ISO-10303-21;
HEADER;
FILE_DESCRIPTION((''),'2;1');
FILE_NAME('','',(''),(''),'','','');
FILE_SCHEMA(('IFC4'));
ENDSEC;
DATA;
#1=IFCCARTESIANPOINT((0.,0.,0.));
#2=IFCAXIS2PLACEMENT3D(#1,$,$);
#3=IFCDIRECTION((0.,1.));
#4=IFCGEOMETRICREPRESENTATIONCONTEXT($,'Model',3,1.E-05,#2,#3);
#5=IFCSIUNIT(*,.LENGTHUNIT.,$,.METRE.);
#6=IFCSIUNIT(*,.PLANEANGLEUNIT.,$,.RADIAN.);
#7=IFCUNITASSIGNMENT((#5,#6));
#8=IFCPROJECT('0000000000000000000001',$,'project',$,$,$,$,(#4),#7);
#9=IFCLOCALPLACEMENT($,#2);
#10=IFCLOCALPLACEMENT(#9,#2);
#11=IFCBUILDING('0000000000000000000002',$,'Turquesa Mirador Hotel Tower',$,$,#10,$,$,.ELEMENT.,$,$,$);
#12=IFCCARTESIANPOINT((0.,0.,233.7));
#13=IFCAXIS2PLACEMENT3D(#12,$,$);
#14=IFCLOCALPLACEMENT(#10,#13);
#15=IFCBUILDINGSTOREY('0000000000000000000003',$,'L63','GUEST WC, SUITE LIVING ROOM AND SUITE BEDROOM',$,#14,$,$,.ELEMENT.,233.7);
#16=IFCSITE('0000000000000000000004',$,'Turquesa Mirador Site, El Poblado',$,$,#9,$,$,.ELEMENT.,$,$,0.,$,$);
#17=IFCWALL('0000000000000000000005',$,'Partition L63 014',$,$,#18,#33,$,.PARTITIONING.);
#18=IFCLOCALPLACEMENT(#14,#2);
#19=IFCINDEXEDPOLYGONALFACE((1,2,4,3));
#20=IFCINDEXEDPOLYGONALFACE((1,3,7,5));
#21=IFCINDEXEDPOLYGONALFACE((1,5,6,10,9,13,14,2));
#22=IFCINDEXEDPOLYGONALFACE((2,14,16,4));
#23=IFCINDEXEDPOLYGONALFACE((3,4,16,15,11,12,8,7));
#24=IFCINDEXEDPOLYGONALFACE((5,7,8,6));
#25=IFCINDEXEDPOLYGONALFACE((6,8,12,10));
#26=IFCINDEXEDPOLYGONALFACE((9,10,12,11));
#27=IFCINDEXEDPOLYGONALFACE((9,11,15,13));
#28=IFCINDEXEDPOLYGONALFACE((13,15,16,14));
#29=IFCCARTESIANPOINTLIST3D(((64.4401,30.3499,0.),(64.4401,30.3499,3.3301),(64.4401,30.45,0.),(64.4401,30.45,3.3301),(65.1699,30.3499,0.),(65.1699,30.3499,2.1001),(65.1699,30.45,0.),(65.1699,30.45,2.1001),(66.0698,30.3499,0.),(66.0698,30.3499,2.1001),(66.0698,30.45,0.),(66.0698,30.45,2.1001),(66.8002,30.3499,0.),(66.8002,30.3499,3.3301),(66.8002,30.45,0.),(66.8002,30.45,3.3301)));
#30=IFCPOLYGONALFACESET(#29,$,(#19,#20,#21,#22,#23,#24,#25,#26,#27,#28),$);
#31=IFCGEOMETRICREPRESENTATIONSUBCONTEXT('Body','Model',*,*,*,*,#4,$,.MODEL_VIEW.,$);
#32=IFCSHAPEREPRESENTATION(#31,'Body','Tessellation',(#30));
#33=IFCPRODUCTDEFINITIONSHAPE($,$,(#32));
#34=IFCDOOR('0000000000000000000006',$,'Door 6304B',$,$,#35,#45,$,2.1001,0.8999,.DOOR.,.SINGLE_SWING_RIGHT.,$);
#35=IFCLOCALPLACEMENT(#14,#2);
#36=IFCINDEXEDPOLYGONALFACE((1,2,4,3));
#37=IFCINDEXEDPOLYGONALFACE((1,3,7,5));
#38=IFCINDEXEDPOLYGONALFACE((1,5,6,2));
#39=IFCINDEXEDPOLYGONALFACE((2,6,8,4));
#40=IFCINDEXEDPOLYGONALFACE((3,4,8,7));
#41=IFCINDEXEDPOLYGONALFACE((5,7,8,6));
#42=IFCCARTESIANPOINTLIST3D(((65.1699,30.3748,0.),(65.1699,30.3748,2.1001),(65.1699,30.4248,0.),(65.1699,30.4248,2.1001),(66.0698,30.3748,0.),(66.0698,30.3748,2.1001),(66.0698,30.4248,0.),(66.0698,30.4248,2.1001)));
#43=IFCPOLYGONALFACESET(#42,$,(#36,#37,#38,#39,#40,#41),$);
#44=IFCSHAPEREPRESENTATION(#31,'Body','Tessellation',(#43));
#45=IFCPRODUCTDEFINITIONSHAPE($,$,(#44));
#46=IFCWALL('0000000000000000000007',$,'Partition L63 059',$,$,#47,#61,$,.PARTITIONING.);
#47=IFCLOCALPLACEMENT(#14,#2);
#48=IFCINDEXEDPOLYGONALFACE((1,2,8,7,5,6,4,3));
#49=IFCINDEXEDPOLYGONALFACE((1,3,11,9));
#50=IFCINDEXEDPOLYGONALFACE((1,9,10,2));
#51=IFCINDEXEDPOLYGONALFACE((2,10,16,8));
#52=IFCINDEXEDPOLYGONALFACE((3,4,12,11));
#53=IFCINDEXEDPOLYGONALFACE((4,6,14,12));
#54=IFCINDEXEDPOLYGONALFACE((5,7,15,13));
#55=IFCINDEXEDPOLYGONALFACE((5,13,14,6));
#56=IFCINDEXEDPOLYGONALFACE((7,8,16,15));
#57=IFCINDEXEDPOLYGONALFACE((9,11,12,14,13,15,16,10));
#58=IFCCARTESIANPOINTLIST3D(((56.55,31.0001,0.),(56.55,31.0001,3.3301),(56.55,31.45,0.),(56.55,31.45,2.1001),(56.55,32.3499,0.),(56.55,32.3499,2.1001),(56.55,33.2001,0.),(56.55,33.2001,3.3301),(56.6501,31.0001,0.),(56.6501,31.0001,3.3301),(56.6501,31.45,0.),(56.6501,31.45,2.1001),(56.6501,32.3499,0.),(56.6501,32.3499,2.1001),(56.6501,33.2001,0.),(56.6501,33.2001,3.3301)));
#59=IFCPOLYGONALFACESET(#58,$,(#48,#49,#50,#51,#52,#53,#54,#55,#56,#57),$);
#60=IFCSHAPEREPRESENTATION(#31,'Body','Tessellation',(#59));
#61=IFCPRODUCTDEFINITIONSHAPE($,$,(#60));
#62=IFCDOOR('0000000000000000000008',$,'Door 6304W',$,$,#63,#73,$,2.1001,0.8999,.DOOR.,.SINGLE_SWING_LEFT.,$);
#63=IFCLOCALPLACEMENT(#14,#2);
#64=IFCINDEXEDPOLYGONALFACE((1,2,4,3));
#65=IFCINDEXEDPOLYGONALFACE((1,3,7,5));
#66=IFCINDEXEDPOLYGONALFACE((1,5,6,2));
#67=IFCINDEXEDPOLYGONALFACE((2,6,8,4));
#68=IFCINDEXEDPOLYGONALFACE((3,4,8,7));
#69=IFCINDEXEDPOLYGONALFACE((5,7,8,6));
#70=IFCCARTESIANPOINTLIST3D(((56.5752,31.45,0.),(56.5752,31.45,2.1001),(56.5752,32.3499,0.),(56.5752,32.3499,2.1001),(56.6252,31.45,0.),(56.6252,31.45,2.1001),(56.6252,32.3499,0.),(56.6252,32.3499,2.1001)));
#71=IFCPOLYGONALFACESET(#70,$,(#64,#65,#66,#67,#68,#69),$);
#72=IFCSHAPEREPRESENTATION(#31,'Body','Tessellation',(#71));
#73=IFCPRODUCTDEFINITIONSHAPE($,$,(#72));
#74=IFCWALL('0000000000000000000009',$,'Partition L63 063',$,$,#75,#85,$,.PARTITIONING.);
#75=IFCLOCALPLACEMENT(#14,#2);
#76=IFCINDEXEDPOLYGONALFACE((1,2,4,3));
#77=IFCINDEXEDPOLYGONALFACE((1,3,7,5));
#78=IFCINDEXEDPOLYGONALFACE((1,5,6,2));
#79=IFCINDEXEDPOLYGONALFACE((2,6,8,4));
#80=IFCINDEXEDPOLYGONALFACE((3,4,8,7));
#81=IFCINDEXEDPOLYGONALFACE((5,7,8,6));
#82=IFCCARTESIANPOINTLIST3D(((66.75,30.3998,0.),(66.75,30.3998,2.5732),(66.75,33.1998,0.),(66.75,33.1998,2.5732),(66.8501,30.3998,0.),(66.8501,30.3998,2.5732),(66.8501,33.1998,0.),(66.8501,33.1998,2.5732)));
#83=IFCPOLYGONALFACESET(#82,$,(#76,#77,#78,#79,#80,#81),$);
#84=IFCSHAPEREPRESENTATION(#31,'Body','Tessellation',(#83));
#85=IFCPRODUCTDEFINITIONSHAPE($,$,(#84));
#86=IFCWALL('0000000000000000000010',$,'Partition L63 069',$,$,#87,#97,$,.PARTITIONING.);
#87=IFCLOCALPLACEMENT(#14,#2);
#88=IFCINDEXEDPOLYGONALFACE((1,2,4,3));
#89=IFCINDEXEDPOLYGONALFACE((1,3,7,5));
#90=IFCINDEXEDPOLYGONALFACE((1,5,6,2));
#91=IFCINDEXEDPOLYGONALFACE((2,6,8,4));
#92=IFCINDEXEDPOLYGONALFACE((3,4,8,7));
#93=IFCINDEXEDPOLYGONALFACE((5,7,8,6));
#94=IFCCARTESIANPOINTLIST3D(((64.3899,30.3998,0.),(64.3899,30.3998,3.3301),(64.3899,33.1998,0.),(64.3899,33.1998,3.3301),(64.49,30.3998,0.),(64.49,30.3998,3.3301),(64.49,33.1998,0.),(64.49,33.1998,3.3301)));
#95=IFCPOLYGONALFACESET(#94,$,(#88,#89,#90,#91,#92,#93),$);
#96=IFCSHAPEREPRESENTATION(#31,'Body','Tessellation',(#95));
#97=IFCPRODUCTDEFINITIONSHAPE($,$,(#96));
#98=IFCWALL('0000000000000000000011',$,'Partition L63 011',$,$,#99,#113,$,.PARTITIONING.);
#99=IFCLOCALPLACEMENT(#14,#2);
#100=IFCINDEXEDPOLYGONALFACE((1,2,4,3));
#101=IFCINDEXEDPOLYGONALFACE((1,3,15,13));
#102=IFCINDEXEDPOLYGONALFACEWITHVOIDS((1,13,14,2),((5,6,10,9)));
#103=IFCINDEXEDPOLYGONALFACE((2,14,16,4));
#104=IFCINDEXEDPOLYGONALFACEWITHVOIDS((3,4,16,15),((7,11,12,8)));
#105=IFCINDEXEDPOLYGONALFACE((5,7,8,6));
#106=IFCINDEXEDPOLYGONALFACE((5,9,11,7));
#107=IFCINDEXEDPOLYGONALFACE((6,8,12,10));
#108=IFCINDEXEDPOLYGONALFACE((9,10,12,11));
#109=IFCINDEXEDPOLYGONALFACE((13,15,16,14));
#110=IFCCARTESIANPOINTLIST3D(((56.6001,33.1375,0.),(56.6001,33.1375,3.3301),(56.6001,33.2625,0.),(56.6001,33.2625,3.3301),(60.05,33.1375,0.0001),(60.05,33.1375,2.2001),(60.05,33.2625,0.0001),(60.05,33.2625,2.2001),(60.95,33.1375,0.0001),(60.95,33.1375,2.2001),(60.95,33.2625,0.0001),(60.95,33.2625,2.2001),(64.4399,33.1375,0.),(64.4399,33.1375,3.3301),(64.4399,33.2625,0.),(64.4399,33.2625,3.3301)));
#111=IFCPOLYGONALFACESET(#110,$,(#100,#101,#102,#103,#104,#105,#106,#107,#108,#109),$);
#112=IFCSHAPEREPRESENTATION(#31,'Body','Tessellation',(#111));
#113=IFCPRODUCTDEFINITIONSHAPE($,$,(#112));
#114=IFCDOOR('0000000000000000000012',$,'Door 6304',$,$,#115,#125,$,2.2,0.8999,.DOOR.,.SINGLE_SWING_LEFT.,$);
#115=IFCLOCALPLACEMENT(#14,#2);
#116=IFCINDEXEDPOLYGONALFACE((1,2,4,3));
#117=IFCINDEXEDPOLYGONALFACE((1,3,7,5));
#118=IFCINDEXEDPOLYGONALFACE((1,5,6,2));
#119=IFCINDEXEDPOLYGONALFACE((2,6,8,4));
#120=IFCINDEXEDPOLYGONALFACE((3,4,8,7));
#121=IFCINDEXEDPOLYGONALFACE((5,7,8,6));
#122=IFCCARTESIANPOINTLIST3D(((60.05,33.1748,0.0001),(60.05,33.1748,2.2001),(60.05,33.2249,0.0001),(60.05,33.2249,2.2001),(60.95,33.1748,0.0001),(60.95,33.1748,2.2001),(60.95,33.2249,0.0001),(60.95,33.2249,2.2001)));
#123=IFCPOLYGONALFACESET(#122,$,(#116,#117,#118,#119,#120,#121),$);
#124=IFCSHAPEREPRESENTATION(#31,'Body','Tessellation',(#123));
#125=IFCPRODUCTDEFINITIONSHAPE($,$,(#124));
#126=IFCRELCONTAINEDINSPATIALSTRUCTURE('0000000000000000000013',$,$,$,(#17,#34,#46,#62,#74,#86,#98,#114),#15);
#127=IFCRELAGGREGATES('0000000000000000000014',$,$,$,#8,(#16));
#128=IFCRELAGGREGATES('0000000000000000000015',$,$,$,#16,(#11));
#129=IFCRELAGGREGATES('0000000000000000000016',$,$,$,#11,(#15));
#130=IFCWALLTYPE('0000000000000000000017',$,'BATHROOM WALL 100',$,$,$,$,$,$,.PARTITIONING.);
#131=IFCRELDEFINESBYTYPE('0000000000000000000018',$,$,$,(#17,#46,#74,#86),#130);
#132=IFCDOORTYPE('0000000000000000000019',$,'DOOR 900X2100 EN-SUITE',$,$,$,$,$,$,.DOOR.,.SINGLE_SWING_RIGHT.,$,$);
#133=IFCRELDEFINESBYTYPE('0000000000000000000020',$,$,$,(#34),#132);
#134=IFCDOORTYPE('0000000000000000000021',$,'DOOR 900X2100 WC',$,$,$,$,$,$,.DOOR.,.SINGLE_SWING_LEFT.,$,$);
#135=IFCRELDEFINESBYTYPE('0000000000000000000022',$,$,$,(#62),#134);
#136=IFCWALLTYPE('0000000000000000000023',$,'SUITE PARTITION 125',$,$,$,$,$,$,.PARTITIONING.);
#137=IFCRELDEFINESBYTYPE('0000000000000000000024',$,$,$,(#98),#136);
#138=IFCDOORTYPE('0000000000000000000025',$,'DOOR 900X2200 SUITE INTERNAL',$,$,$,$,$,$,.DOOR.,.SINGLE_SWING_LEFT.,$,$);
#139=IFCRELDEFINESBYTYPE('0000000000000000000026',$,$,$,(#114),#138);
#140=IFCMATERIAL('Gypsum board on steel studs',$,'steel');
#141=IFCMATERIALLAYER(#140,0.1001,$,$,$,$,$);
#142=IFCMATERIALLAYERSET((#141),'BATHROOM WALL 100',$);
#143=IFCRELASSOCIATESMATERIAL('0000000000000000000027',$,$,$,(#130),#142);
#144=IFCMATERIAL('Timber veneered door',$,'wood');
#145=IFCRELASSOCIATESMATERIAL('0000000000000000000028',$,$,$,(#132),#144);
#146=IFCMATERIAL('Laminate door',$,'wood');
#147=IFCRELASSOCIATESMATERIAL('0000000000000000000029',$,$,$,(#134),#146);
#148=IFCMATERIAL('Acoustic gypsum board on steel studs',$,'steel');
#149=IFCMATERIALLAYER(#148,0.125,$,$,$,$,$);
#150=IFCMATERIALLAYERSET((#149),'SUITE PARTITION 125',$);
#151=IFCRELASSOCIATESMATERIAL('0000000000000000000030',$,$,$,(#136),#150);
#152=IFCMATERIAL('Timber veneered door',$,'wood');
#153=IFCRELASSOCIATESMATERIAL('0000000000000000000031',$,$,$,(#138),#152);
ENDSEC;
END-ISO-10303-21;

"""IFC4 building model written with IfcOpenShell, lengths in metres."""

from ifc_helpers import new_model, si_unit, direction, frame, frame_2d, origin, place, context, subcontext, project, spatial, rectangle, extrude, material, layer, layer_set, type_object, element, fill, save


model = new_model("IFC4")

# Units and contexts
model_context = context("Model", 3, precision=1e-05, world=origin(), true_north=direction((0.0, 1.0)))
body_context = subcontext(model_context, "Body", "Model", "MODEL_VIEW")
ifc_project = project(units=[si_unit("LENGTHUNIT", "METRE"), si_unit("PLANEANGLEUNIT", "RADIAN")], contexts=[model_context])

# Site, building, storey
site_placement = place(None, origin())
site = spatial("IfcSite", under=ifc_project, at=site_placement, Name="Turquesa Mirador Site, El Poblado", CompositionType="ELEMENT", RefElevation=0.0)
building_placement = place(site_placement, origin())
building = spatial("IfcBuilding", under=site, at=building_placement, Name="Turquesa Mirador Hotel Tower", CompositionType="ELEMENT")
storey_placement = place(building_placement, frame((0.0, 0.0, 233.7)))
storey = spatial("IfcBuildingStorey", under=building, at=storey_placement, Name="L63", Description="GUEST WC, SUITE LIVING ROOM AND SUITE BEDROOM", CompositionType="ELEMENT", Elevation=233.7)

# Shared definitions
ifc_material_1 = material(Name="Gypsum board on steel studs", Category="steel")
ifc_layer_1 = layer(ifc_material_1, 0.1001)
ifc_layer_set_1 = layer_set([ifc_layer_1], Name="BATHROOM WALL 100")
wall_type_1 = type_object("IfcWallType", Name="BATHROOM WALL 100", PredefinedType="PARTITIONING", material=ifc_layer_set_1)

# Walls, openings, doors
wall_1_placement = place(storey_placement, frame((64.4399, 30.3999, 0.0), z_axis=(0.0, 0.0, 1.0), x_axis=(1.0, 0.0, 0.0)))
wall_1 = element("IfcWall", 1, at=wall_1_placement, inside=storey, type_object=wall_type_1, Name="Partition L63 014", PredefinedType="PARTITIONING", context=body_context, shape_type="SweptSolid", body=[
    extrude(rectangle(XDim=2.3601, YDim=0.1001, at=frame_2d((1.1802, 0.0))), origin(), (0.0, 0.0, 1.0), 3.3301),
])
opening_1_placement = place(wall_1_placement, frame((0.73, 0.0, 0.0)))
opening_1 = element("IfcOpeningElement", 2, at=opening_1_placement, cuts=wall_1, PredefinedType="OPENING", context=body_context, shape_type="SweptSolid", body=[
    extrude(rectangle(XDim=0.8999, YDim=2.1001, at=frame_2d((0.45, 1.05))), frame((0.0, 0.0601, 0.0), z_axis=(0.0, -1.0, 0.0), x_axis=(1.0, 0.0, 0.0)), (0.0, 0.0, 1.0), 0.1201),
])
ifc_material_2 = material(Name="Timber veneered door", Category="wood")
door_type_1 = type_object("IfcDoorType", Name="DOOR 900X2100 EN-SUITE", OperationType="SINGLE_SWING_RIGHT", PredefinedType="DOOR", material=ifc_material_2)
door_1_placement = place(opening_1_placement, origin())
door_1 = element("IfcDoor", 3, at=door_1_placement, inside=storey, type_object=door_type_1, Name="Door 6304B", OperationType="SINGLE_SWING_RIGHT", OverallHeight=2.1001, OverallWidth=0.8999, PredefinedType="DOOR", context=body_context, shape_type="SweptSolid", body=[
    extrude(rectangle(XDim=0.8999, YDim=2.1001, at=frame_2d((0.45, 1.05))), frame((0.0, 0.0249, 0.0), z_axis=(0.0, -1.0, 0.0), x_axis=(1.0, 0.0, 0.0)), (0.0, 0.0, 1.0), 0.05),
])
fill(opening_1, door_1)
wall_2_placement = place(storey_placement, frame((56.6001, 31.0, 0.0), z_axis=(0.0, 0.0, 1.0), x_axis=(0.0, 1.0, 0.0)))
wall_2 = element("IfcWall", 4, at=wall_2_placement, inside=storey, type_object=wall_type_1, Name="Partition L63 059", PredefinedType="PARTITIONING", context=body_context, shape_type="SweptSolid", body=[
    extrude(rectangle(XDim=2.2, YDim=0.1001, at=frame_2d((1.1001, 0.0))), origin(), (0.0, 0.0, 1.0), 3.3301),
])
opening_2_placement = place(wall_2_placement, frame((0.45, 0.0, 0.0)))
opening_2 = element("IfcOpeningElement", 5, at=opening_2_placement, cuts=wall_2, PredefinedType="OPENING", context=body_context, shape_type="SweptSolid", body=[
    extrude(rectangle(XDim=0.8999, YDim=2.1001, at=frame_2d((0.45, 1.05))), frame((0.0, 0.0601, 0.0), z_axis=(0.0, -1.0, 0.0), x_axis=(1.0, 0.0, 0.0)), (0.0, 0.0, 1.0), 0.1201),
])
ifc_material_3 = material(Name="Laminate door", Category="wood")
door_type_2 = type_object("IfcDoorType", Name="DOOR 900X2100 WC", OperationType="SINGLE_SWING_LEFT", PredefinedType="DOOR", material=ifc_material_3)
door_2_placement = place(opening_2_placement, origin())
door_2 = element("IfcDoor", 6, at=door_2_placement, inside=storey, type_object=door_type_2, Name="Door 6304W", OperationType="SINGLE_SWING_LEFT", OverallHeight=2.1001, OverallWidth=0.8999, PredefinedType="DOOR", context=body_context, shape_type="SweptSolid", body=[
    extrude(rectangle(XDim=0.8999, YDim=2.1001, at=frame_2d((0.45, 1.05))), frame((0.0, 0.0249, 0.0), z_axis=(0.0, -1.0, 0.0), x_axis=(1.0, 0.0, 0.0)), (0.0, 0.0, 1.0), 0.05),
])
fill(opening_2, door_2)

# Walls
wall_3_placement = place(storey_placement, frame((66.8, 30.3999, 0.0), z_axis=(0.0, 0.0, 1.0), x_axis=(0.0, 1.0, 0.0)))
element("IfcWall", 7, at=wall_3_placement, inside=storey, type_object=wall_type_1, Name="Partition L63 063", PredefinedType="PARTITIONING", context=body_context, shape_type="SweptSolid", body=[
    extrude(rectangle(XDim=2.8, YDim=0.1001, at=frame_2d((1.3999, 0.0))), origin(), (0.0, 0.0, 1.0), 2.5732),
])
wall_4_placement = place(storey_placement, frame((64.4399, 30.3999, 0.0), z_axis=(0.0, 0.0, 1.0), x_axis=(0.0, 1.0, 0.0)))
element("IfcWall", 8, at=wall_4_placement, inside=storey, type_object=wall_type_1, Name="Partition L63 069", PredefinedType="PARTITIONING", context=body_context, shape_type="SweptSolid", body=[
    extrude(rectangle(XDim=2.8, YDim=0.1001, at=frame_2d((1.3999, 0.0))), origin(), (0.0, 0.0, 1.0), 3.3301),
])

# Wall, opening, door
ifc_material_4 = material(Name="Acoustic gypsum board on steel studs", Category="steel")
ifc_layer_2 = layer(ifc_material_4, 0.125)
ifc_layer_set_2 = layer_set([ifc_layer_2], Name="SUITE PARTITION 125")
wall_type_2 = type_object("IfcWallType", Name="SUITE PARTITION 125", PredefinedType="PARTITIONING", material=ifc_layer_set_2)
wall_5_placement = place(storey_placement, frame((56.6001, 33.2, 0.0), z_axis=(0.0, 0.0, 1.0), x_axis=(1.0, 0.0, 0.0)))
wall_5 = element("IfcWall", 9, at=wall_5_placement, inside=storey, type_object=wall_type_2, Name="Partition L63 011", PredefinedType="PARTITIONING", context=body_context, shape_type="SweptSolid", body=[
    extrude(rectangle(XDim=7.8398, YDim=0.125, at=frame_2d((3.9199, 0.0))), origin(), (0.0, 0.0, 1.0), 3.3301),
])
opening_3_placement = place(wall_5_placement, frame((3.45, 0.0, 0.0)))
opening_3 = element("IfcOpeningElement", 10, at=opening_3_placement, cuts=wall_5, PredefinedType="OPENING", context=body_context, shape_type="SweptSolid", body=[
    extrude(rectangle(XDim=0.8999, YDim=2.2, at=frame_2d((0.45, 1.1001))), frame((0.0, 0.0725, 0.0), z_axis=(0.0, -1.0, 0.0), x_axis=(1.0, 0.0, 0.0)), (0.0, 0.0, 1.0), 0.145),
])
ifc_material_5 = material(Name="Timber veneered door", Category="wood")
door_type_3 = type_object("IfcDoorType", Name="DOOR 900X2200 SUITE INTERNAL", OperationType="SINGLE_SWING_LEFT", PredefinedType="DOOR", material=ifc_material_5)
door_3_placement = place(opening_3_placement, origin())
door_3 = element("IfcDoor", 11, at=door_3_placement, inside=storey, type_object=door_type_3, Name="Door 6304", OperationType="SINGLE_SWING_LEFT", OverallHeight=2.2, OverallWidth=0.8999, PredefinedType="DOOR", context=body_context, shape_type="SweptSolid", body=[
    extrude(rectangle(XDim=0.8999, YDim=2.2, at=frame_2d((0.45, 1.1001))), frame((0.0, 0.0249, 0.0), z_axis=(0.0, -1.0, 0.0), x_axis=(1.0, 0.0, 0.0)), (0.0, 0.0, 1.0), 0.05),
])
fill(opening_3, door_3)

save(model, "model.ifc")
